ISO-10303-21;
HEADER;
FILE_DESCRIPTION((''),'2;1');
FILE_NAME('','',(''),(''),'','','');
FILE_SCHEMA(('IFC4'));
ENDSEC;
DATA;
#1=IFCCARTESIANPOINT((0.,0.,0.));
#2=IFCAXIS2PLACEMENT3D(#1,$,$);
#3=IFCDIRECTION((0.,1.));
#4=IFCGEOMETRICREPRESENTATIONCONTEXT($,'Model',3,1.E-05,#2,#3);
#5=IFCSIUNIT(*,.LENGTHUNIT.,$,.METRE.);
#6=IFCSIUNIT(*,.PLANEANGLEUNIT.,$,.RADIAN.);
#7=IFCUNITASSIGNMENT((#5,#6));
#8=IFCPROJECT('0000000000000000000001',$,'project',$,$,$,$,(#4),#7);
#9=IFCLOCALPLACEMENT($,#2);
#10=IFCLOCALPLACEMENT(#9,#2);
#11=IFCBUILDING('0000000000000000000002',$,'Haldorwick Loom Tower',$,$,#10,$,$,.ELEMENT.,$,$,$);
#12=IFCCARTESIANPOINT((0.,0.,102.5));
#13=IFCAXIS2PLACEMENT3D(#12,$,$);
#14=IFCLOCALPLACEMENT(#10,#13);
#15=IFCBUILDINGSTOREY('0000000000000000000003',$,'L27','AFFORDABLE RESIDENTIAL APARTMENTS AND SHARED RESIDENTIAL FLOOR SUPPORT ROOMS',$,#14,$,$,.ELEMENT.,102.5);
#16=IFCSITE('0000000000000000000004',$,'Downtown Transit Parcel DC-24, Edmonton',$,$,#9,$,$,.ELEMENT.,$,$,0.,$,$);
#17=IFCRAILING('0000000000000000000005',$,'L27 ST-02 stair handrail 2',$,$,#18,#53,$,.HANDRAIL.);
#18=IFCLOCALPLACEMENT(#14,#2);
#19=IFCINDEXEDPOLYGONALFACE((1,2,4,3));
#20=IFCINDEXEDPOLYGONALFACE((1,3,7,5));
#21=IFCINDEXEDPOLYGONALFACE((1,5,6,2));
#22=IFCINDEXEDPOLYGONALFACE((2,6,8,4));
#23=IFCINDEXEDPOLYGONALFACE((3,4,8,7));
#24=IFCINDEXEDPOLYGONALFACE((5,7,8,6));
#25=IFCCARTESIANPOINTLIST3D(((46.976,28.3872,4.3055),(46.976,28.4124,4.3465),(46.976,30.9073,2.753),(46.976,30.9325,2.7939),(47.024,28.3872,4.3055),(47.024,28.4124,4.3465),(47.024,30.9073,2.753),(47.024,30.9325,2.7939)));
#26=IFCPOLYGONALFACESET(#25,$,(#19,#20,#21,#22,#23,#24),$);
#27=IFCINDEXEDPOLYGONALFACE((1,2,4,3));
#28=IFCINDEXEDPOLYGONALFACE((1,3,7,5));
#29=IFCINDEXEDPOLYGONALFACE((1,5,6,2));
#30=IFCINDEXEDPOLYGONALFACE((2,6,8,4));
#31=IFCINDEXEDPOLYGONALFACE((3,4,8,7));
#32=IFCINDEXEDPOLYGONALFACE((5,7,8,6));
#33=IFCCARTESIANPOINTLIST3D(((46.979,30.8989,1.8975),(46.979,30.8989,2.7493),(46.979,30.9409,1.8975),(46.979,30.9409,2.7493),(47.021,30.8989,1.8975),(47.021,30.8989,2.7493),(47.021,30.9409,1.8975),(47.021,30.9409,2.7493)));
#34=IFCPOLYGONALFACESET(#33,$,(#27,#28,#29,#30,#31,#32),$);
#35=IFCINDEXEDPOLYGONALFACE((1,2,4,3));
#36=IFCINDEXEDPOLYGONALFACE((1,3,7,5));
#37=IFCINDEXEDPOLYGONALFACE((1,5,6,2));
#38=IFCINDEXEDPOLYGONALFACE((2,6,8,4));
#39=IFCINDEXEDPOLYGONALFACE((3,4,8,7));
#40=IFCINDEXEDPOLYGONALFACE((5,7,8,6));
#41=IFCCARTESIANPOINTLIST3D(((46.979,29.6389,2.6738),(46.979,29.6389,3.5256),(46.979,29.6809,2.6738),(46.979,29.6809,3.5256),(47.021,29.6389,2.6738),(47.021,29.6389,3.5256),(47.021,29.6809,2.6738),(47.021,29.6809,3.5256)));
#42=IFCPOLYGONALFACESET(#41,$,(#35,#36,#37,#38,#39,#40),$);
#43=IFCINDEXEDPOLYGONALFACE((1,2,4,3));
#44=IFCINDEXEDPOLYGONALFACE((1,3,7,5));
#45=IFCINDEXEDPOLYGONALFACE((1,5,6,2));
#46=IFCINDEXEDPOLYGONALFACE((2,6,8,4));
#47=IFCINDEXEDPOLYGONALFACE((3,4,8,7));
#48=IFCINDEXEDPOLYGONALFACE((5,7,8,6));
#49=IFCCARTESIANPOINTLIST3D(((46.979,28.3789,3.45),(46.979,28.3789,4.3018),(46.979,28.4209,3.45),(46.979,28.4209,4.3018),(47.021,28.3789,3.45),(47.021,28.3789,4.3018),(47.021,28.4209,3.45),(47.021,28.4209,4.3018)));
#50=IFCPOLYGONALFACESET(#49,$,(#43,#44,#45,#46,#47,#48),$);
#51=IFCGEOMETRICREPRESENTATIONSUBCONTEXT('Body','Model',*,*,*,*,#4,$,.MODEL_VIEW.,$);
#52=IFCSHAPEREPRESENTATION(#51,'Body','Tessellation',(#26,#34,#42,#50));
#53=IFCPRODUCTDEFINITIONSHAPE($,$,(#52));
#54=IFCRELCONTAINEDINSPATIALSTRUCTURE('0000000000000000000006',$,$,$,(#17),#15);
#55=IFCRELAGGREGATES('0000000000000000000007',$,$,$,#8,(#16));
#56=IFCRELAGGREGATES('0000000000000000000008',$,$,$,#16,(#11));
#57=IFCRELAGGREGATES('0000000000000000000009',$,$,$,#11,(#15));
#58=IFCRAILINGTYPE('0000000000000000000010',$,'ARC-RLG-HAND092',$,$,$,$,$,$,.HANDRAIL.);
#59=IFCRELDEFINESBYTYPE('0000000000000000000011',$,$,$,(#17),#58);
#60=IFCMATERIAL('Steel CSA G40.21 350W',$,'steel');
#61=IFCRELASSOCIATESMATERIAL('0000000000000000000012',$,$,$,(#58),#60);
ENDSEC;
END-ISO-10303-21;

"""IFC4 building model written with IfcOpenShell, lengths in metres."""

from ifc_helpers import new_model, si_unit, direction, frame, origin, origin_2d, place, context, subcontext, project, spatial, rectangle, extrude, material, type_object, element, save


model = new_model("IFC4")

# Units and contexts
model_context = context("Model", 3, precision=1e-05, world=origin(), true_north=direction((0.0, 1.0)))
body_context = subcontext(model_context, "Body", "Model", "MODEL_VIEW")
ifc_project = project(units=[si_unit("LENGTHUNIT", "METRE"), si_unit("PLANEANGLEUNIT", "RADIAN")], contexts=[model_context])

# Site, building, storey
site_placement = place(None, origin())
site = spatial("IfcSite", under=ifc_project, at=site_placement, Name="Downtown Transit Parcel DC-24, Edmonton", CompositionType="ELEMENT", RefElevation=0.0)
building_placement = place(site_placement, origin())
building = spatial("IfcBuilding", under=site, at=building_placement, Name="Haldorwick Loom Tower", CompositionType="ELEMENT")
storey_placement = place(building_placement, frame((0.0, 0.0, 102.5)))
storey = spatial("IfcBuildingStorey", under=building, at=storey_placement, Name="L27", Description="AFFORDABLE RESIDENTIAL APARTMENTS AND SHARED RESIDENTIAL FLOOR SUPPORT ROOMS", CompositionType="ELEMENT", Elevation=102.5)

# Shared definitions
ifc_material_1 = material(Name="Steel CSA G40.21 350W", Category="steel")

# Railing
railing_type_1 = type_object("IfcRailingType", Name="ARC-RLG-HAND092", PredefinedType="HANDRAIL", material=ifc_material_1)
railing_1_placement = place(storey_placement, frame((47.0, 30.9199, 1.8975)))
element("IfcRailing", 1, at=railing_1_placement, inside=storey, type_object=railing_type_1, Name="L27 ST-02 stair handrail 2", PredefinedType="HANDRAIL", context=body_context, shape_type="SweptSolid", body=[
    extrude(rectangle(XDim=0.0481, YDim=0.0481, at=origin_2d()), frame((0.0, 0.0, 0.876), z_axis=(0.0, -0.8514, 0.524516), x_axis=(1.0, 0.0, 0.0)), (0.0, 0.0, 1.0), 2.96),
    extrude(rectangle(XDim=0.042, YDim=0.042, at=origin_2d()), origin(), (0.0, 0.0, 1.0), 0.8518),
    extrude(rectangle(XDim=0.042, YDim=0.042, at=origin_2d()), frame((0.0, -1.26, 0.7764)), (0.0, 0.0, 1.0), 0.8518),
    extrude(rectangle(XDim=0.042, YDim=0.042, at=origin_2d()), frame((0.0, -2.52, 1.5525)), (0.0, 0.0, 1.0), 0.8518),
])

save(model, "model.ifc")
